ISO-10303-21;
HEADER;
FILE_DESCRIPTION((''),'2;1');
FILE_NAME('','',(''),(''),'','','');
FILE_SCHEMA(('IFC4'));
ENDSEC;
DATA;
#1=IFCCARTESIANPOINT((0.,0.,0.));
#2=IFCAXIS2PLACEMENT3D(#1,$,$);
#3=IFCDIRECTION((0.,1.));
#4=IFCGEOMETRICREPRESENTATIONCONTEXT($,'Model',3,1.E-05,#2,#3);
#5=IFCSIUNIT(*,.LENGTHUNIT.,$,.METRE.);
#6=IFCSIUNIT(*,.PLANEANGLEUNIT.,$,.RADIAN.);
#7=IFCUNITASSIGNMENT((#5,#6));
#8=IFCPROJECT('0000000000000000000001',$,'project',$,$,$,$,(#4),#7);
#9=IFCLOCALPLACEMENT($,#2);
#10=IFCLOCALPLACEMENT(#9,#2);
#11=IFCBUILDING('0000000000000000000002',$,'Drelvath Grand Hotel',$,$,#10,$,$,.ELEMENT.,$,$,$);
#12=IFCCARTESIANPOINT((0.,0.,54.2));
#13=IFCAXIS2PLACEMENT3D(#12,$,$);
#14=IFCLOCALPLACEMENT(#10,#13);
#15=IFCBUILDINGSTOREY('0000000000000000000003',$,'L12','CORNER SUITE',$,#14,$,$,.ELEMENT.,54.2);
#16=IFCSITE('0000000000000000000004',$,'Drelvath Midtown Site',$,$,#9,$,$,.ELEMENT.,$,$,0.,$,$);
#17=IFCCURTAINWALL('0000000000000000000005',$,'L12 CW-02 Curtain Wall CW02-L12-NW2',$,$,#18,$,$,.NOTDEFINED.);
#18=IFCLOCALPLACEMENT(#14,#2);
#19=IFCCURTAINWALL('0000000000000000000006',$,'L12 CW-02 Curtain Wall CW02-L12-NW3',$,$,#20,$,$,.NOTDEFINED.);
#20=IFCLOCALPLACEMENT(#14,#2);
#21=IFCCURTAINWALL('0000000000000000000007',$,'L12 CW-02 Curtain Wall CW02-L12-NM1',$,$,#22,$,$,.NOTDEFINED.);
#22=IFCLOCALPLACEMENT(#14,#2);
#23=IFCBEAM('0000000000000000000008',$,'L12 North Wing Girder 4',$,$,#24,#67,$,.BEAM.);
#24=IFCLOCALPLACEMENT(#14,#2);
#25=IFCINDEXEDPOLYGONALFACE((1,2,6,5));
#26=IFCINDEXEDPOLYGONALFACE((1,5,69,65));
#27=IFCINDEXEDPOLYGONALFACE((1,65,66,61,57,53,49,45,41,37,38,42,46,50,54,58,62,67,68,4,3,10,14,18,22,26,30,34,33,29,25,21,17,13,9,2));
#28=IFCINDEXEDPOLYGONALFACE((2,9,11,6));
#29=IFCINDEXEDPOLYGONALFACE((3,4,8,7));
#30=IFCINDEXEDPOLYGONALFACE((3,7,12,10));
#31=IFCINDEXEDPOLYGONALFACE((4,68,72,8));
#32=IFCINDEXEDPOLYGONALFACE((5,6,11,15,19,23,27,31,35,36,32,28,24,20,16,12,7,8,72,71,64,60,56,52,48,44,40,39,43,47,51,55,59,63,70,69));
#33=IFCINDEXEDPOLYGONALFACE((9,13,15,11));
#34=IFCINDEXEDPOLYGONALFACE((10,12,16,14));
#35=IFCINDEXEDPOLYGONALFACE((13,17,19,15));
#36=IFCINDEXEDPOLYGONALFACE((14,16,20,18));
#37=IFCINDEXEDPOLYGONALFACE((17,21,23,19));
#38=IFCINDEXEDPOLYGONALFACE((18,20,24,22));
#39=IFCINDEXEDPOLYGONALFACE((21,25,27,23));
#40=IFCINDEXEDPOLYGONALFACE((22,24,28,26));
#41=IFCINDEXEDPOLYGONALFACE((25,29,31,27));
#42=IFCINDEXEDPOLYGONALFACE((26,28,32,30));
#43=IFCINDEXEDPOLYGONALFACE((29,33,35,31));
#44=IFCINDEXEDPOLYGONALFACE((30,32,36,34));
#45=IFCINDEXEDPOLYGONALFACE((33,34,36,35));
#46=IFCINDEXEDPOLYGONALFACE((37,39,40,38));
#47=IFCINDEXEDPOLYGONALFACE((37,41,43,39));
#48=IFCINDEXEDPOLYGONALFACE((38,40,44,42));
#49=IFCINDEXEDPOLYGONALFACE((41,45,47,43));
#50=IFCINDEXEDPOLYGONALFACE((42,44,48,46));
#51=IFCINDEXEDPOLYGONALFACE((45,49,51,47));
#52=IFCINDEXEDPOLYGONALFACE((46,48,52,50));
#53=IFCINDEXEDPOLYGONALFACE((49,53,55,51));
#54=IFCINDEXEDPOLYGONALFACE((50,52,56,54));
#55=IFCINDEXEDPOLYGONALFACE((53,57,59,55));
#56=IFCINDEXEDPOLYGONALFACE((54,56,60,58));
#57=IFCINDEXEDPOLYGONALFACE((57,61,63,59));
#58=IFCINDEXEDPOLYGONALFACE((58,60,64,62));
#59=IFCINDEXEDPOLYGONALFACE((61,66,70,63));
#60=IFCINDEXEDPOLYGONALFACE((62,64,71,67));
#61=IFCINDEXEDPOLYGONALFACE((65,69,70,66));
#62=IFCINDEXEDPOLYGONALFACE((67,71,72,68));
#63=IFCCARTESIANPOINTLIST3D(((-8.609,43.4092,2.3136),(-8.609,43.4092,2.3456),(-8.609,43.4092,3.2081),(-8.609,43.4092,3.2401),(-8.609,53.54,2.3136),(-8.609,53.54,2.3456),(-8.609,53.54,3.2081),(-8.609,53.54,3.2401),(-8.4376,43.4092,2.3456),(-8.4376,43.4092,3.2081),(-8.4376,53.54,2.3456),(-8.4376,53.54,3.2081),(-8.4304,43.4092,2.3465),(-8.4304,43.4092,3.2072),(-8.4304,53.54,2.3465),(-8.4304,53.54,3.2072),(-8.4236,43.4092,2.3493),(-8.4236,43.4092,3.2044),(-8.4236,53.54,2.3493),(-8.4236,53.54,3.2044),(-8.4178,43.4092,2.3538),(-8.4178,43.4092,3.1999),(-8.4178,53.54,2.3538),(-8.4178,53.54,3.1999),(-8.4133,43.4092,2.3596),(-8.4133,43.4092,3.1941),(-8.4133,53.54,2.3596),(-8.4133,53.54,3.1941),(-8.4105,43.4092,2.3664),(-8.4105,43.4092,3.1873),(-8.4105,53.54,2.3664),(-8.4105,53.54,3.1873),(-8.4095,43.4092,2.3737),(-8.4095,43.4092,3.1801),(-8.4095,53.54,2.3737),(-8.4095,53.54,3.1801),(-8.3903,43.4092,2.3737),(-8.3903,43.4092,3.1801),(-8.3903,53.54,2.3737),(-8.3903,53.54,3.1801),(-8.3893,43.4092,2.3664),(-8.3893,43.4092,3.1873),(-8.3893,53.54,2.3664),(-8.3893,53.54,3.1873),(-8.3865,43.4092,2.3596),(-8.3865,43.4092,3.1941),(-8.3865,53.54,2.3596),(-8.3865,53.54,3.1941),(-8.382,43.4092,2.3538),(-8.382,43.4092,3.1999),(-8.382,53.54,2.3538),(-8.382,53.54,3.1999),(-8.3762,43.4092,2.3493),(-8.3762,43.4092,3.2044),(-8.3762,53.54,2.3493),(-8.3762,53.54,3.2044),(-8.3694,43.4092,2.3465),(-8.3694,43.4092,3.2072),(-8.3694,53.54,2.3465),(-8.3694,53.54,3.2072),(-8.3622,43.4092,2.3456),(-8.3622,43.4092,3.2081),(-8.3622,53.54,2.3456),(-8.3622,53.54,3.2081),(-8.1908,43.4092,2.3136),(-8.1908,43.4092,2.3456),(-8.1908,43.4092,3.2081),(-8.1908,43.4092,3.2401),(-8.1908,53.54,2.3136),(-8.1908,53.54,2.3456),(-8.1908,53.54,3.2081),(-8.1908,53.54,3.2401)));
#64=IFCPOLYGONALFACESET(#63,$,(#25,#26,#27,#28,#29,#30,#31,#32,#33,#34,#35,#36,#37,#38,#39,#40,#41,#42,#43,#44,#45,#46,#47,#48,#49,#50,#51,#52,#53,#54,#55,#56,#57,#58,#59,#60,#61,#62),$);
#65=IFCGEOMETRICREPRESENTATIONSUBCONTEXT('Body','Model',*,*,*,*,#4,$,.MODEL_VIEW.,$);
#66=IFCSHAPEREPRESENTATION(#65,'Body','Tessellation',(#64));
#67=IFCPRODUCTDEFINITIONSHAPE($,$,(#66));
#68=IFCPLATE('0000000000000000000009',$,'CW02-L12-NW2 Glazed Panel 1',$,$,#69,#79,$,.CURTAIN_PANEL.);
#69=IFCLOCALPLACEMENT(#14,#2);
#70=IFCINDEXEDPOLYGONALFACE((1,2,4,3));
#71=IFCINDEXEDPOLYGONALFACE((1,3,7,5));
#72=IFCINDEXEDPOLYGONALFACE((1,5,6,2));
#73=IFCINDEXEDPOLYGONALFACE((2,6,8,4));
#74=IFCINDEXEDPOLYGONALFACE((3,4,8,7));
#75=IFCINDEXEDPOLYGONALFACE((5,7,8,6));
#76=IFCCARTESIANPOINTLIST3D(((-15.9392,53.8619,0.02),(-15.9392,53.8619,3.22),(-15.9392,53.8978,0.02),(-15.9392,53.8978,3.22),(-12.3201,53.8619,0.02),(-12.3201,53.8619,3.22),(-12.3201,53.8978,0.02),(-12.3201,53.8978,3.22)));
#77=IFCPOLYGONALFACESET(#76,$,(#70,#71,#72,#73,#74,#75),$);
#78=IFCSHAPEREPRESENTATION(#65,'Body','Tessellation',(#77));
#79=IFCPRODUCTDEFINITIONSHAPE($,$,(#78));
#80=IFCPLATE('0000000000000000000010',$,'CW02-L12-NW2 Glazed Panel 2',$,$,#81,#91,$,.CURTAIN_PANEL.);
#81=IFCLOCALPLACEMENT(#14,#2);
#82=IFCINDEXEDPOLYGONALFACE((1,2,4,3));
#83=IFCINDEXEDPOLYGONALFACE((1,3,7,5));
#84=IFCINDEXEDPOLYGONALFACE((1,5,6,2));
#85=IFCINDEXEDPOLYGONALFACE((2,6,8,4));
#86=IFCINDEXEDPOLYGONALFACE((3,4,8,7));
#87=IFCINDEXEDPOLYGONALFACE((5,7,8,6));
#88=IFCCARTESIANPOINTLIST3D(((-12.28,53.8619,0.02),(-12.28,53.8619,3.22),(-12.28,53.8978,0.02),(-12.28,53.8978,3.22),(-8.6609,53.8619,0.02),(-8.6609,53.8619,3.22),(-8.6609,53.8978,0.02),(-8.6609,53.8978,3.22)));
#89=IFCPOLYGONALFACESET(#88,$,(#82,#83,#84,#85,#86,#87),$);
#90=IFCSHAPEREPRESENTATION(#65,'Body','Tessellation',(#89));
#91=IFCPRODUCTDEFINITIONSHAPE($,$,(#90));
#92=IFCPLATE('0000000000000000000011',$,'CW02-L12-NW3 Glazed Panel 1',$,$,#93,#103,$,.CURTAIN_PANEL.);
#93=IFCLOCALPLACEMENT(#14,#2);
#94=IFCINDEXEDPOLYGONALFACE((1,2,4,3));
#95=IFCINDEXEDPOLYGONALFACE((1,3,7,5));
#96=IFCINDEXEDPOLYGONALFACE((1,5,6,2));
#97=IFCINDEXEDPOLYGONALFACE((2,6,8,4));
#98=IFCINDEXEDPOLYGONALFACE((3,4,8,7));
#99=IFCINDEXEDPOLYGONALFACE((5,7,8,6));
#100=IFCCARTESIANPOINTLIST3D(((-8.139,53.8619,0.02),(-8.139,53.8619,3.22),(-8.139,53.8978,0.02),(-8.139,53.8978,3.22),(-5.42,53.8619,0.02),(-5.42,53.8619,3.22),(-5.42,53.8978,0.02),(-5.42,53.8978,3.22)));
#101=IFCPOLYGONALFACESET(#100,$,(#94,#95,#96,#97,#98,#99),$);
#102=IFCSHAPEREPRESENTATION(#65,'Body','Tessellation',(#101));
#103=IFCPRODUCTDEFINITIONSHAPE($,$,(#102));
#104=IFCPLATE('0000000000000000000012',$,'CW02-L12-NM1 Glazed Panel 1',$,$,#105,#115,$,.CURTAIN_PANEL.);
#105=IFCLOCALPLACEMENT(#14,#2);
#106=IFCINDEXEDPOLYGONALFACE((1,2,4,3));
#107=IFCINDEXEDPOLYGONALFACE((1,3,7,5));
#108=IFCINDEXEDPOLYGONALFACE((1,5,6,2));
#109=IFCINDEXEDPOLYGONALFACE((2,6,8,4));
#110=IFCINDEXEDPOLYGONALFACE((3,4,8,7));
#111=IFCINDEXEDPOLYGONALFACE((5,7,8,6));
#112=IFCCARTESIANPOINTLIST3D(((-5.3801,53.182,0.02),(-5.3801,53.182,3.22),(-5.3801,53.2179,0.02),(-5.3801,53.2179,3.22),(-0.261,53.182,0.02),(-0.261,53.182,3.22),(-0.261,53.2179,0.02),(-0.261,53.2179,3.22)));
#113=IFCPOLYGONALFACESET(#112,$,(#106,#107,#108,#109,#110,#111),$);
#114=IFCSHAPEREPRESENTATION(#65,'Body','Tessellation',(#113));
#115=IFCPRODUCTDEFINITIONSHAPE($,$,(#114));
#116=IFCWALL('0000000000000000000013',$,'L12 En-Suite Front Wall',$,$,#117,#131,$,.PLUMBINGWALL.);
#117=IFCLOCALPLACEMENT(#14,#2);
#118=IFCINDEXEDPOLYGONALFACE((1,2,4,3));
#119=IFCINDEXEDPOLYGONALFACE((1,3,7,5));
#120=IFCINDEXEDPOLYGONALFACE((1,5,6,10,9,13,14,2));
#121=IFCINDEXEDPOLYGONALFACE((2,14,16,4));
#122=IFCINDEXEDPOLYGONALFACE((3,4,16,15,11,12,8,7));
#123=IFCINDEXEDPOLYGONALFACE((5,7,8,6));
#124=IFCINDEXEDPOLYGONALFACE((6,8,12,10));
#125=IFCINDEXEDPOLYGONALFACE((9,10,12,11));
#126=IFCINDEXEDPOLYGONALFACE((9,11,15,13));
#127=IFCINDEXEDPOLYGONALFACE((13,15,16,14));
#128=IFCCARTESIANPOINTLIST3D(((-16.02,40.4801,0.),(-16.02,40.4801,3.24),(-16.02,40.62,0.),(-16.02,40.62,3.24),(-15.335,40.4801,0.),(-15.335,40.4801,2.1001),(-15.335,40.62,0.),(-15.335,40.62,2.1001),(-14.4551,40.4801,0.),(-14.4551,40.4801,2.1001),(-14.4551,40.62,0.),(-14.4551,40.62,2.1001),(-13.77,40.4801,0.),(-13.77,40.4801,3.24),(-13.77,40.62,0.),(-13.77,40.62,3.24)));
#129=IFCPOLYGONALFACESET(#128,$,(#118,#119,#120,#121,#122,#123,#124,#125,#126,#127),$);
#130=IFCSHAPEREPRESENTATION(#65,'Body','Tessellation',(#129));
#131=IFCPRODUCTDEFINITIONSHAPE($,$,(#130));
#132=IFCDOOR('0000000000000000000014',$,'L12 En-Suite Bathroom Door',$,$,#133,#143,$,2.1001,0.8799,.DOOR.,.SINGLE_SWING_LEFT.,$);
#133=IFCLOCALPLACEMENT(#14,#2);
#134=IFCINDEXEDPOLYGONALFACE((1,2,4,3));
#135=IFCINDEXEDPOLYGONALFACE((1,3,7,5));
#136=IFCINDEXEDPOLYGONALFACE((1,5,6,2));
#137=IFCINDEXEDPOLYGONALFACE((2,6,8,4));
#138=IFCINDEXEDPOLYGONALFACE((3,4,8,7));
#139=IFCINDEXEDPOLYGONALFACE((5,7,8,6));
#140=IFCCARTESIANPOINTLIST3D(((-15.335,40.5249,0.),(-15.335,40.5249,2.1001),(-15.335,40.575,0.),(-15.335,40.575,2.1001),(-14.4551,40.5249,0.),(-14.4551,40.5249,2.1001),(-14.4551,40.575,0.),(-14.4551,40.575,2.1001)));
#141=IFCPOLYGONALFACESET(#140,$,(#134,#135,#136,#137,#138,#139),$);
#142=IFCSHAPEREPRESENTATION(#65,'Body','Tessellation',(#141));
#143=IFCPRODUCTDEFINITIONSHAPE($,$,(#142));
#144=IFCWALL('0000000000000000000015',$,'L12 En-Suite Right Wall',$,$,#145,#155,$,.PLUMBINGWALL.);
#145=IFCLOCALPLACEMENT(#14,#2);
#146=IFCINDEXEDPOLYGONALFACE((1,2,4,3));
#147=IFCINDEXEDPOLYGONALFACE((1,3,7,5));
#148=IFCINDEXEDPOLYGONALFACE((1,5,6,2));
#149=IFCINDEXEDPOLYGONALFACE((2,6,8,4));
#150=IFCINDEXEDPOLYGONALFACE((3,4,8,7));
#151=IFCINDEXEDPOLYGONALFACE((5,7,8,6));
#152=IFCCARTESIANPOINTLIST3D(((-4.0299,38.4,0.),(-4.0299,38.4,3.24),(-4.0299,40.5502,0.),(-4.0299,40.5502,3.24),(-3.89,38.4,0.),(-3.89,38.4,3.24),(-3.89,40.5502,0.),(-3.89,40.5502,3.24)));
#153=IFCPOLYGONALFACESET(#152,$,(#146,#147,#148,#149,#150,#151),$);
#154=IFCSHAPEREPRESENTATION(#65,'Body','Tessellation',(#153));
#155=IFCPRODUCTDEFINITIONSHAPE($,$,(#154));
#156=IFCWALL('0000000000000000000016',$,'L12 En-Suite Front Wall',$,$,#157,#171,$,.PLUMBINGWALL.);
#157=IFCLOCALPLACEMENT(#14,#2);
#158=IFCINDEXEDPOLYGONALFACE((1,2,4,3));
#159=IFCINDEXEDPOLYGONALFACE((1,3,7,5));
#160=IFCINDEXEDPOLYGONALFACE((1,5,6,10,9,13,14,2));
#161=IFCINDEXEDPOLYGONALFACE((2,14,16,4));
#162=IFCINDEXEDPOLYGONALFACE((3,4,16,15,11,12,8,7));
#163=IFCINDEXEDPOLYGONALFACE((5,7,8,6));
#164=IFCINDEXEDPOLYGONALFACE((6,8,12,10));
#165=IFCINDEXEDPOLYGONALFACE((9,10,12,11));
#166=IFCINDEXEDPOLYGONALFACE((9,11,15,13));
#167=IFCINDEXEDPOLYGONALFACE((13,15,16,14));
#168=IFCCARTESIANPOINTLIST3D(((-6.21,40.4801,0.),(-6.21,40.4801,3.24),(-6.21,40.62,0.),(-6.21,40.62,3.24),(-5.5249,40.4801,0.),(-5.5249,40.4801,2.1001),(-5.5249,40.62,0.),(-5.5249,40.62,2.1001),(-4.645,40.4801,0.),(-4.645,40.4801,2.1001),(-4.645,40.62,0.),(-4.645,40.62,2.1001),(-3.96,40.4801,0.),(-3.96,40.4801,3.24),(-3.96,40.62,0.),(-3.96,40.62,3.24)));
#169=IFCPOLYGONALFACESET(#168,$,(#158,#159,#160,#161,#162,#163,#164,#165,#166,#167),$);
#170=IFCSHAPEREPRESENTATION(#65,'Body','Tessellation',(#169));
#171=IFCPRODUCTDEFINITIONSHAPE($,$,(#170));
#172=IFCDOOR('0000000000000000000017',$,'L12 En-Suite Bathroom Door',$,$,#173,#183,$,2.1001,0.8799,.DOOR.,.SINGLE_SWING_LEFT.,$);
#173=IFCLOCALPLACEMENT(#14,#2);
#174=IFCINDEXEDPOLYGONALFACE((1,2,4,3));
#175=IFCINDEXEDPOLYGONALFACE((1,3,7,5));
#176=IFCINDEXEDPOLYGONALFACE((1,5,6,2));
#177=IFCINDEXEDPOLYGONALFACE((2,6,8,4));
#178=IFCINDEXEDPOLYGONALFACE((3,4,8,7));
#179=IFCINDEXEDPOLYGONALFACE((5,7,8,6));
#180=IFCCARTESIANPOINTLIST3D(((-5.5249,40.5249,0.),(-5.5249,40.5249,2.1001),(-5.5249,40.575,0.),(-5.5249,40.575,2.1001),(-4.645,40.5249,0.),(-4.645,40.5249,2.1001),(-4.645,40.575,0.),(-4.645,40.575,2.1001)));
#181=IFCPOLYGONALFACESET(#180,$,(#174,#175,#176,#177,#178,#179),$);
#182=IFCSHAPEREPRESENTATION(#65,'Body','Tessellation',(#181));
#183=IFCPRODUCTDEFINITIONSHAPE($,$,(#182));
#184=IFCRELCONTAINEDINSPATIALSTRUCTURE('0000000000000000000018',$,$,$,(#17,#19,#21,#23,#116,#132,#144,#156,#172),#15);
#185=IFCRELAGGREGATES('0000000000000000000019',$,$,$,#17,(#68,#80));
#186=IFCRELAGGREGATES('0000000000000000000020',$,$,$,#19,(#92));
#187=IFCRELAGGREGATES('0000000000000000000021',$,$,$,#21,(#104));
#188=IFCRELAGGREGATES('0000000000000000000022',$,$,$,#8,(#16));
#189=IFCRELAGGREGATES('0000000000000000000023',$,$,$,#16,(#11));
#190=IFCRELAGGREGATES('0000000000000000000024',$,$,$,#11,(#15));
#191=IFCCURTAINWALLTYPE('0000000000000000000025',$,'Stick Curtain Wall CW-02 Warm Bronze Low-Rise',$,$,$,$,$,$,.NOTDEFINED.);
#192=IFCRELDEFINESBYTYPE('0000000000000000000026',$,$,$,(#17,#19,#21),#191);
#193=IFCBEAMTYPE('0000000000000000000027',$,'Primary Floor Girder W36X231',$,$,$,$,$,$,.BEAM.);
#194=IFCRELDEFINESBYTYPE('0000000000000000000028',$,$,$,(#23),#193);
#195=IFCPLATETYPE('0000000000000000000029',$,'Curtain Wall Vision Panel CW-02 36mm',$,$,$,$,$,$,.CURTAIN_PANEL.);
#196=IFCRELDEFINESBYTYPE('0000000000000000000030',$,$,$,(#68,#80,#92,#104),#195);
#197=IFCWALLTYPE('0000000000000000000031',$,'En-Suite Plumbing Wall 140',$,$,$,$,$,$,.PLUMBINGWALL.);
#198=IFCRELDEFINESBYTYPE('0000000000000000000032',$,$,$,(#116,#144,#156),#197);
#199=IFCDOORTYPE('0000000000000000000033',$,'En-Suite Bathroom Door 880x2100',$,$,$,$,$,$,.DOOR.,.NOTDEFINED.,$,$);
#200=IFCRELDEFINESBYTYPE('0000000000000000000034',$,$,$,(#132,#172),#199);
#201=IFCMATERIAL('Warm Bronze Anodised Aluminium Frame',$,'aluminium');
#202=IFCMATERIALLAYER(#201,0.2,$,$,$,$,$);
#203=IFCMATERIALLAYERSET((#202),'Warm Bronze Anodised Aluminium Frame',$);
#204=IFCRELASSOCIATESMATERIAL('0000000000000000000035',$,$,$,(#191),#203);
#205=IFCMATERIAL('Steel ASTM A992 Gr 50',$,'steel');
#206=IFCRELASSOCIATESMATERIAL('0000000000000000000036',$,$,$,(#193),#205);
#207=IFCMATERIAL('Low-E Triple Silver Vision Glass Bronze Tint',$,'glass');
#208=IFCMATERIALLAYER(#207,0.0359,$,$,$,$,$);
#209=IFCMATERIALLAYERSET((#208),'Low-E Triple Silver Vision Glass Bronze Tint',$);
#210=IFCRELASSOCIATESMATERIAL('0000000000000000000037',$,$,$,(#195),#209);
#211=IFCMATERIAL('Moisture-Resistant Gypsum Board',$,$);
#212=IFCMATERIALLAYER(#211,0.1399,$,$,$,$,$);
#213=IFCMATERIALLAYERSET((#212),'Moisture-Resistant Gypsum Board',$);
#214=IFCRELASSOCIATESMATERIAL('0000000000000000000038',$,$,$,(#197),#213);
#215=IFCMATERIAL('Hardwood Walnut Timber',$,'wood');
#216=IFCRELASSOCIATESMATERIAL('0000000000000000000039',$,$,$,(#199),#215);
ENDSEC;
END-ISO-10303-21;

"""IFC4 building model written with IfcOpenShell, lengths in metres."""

from ifc_helpers import new_model, si_unit, direction, frame, frame_2d, origin, origin_2d, place, context, subcontext, project, spatial, rectangle, i_section, extrude, material, layer, layer_set, material_profile, profile_set, type_object, element, fill, aggregate, save


model = new_model("IFC4")

# Units and contexts
model_context = context("Model", 3, precision=1e-05, world=origin(), true_north=direction((0.0, 1.0)))
body_context = subcontext(model_context, "Body", "Model", "MODEL_VIEW")
ifc_project = project(units=[si_unit("LENGTHUNIT", "METRE"), si_unit("PLANEANGLEUNIT", "RADIAN")], contexts=[model_context])

# Site, building, storey
site_placement = place(None, origin())
site = spatial("IfcSite", under=ifc_project, at=site_placement, Name="Drelvath Midtown Site", CompositionType="ELEMENT", RefElevation=0.0)
building_placement = place(site_placement, origin())
building = spatial("IfcBuilding", under=site, at=building_placement, Name="Drelvath Grand Hotel", CompositionType="ELEMENT")
storey_placement = place(building_placement, frame((0.0, 0.0, 54.2)))
storey = spatial("IfcBuildingStorey", under=building, at=storey_placement, Name="L12", Description="CORNER SUITE", CompositionType="ELEMENT", Elevation=54.2)

# Curtain walls
ifc_material_1 = material(Name="Warm Bronze Anodised Aluminium Frame", Category="aluminium")
ifc_layer_1 = layer(ifc_material_1, 0.2)
ifc_layer_set_1 = layer_set([ifc_layer_1], Name="Warm Bronze Anodised Aluminium Frame")
curtain_wall_type = type_object("IfcCurtainWallType", Name="Stick Curtain Wall CW-02 Warm Bronze Low-Rise", PredefinedType="NOTDEFINED", material=ifc_layer_set_1)
curtain_wall_1_placement = place(storey_placement, origin())
curtain_wall_1 = element("IfcCurtainWall", 1, at=curtain_wall_1_placement, inside=storey, type_object=curtain_wall_type, Name="L12 CW-02 Curtain Wall CW02-L12-NW2", PredefinedType="NOTDEFINED")
curtain_wall_2_placement = place(storey_placement, origin())
curtain_wall_2 = element("IfcCurtainWall", 2, at=curtain_wall_2_placement, inside=storey, type_object=curtain_wall_type, Name="L12 CW-02 Curtain Wall CW02-L12-NW3", PredefinedType="NOTDEFINED")
curtain_wall_3_placement = place(storey_placement, origin())
curtain_wall_3 = element("IfcCurtainWall", 3, at=curtain_wall_3_placement, inside=storey, type_object=curtain_wall_type, Name="L12 CW-02 Curtain Wall CW02-L12-NM1", PredefinedType="NOTDEFINED")

# Beam
ifc_material_2 = material(Name="Steel ASTM A992 Gr 50", Category="steel")
ifc_material_profile_1 = material_profile(ifc_material_2, i_section(OverallWidth=0.4182, OverallDepth=0.9265, WebThickness=0.0193, FlangeThickness=0.032, FilletRadius=0.0281, at=origin_2d()), Name="W36X231")
ifc_profile_set_1 = profile_set([ifc_material_profile_1], Name="Steel ASTM A992 Gr 50")
beam_type_1 = type_object("IfcBeamType", Name="Primary Floor Girder W36X231", PredefinedType="BEAM", material=ifc_profile_set_1)
beam_1_placement = place(storey_placement, frame((-8.3999, 43.4092, 2.7769), z_axis=(0.0, 1.0, 0.0), x_axis=(-1.0, 0.0, 0.0)))
element("IfcBeam", 4, at=beam_1_placement, inside=storey, type_object=beam_type_1, Name="L12 North Wing Girder 4", PredefinedType="BEAM", context=body_context, shape_type="SweptSolid", body=[
    extrude(i_section(OverallWidth=0.4182, OverallDepth=0.9265, WebThickness=0.0193, FlangeThickness=0.032, FilletRadius=0.0281, at=origin_2d()), origin(), (0.0, 0.0, 1.0), 10.1309),
])

# Plates
ifc_material_3 = material(Name="Low-E Triple Silver Vision Glass Bronze Tint", Category="glass")
ifc_layer_2 = layer(ifc_material_3, 0.0359)
ifc_layer_set_2 = layer_set([ifc_layer_2], Name="Low-E Triple Silver Vision Glass Bronze Tint")
plate_type = type_object("IfcPlateType", Name="Curtain Wall Vision Panel CW-02 36mm", PredefinedType="CURTAIN_PANEL", material=ifc_layer_set_2)
plate_1_placement = place(storey_placement, frame((-14.1296, 53.8799, 0.02), z_axis=(0.0, 0.0, 1.0), x_axis=(1.0, 0.0, 0.0)))
plate_1 = element("IfcPlate", 5, at=plate_1_placement, type_object=plate_type, Name="CW02-L12-NW2 Glazed Panel 1", PredefinedType="CURTAIN_PANEL", context=body_context, shape_type="SweptSolid", body=[
    extrude(rectangle(XDim=3.6191, YDim=0.0359, at=origin_2d()), origin(), (0.0, 0.0, 1.0), 3.2),
])
plate_2_placement = place(storey_placement, frame((-10.4705, 53.8799, 0.02), z_axis=(0.0, 0.0, 1.0), x_axis=(1.0, 0.0, 0.0)))
plate_2 = element("IfcPlate", 6, at=plate_2_placement, type_object=plate_type, Name="CW02-L12-NW2 Glazed Panel 2", PredefinedType="CURTAIN_PANEL", context=body_context, shape_type="SweptSolid", body=[
    extrude(rectangle(XDim=3.6191, YDim=0.0359, at=origin_2d()), origin(), (0.0, 0.0, 1.0), 3.2),
])
aggregate(curtain_wall_1, [plate_1, plate_2])
plate_3_placement = place(storey_placement, frame((-6.7795, 53.8799, 0.02), z_axis=(0.0, 0.0, 1.0), x_axis=(1.0, 0.0, 0.0)))
plate_3 = element("IfcPlate", 7, at=plate_3_placement, type_object=plate_type, Name="CW02-L12-NW3 Glazed Panel 1", PredefinedType="CURTAIN_PANEL", context=body_context, shape_type="SweptSolid", body=[
    extrude(rectangle(XDim=2.719, YDim=0.0359, at=origin_2d()), origin(), (0.0, 0.0, 1.0), 3.2),
])
aggregate(curtain_wall_2, [plate_3])
plate_4_placement = place(storey_placement, frame((-2.8206, 53.2, 0.02), z_axis=(0.0, 0.0, 1.0), x_axis=(1.0, 0.0, 0.0)))
plate_4 = element("IfcPlate", 8, at=plate_4_placement, type_object=plate_type, Name="CW02-L12-NM1 Glazed Panel 1", PredefinedType="CURTAIN_PANEL", context=body_context, shape_type="SweptSolid", body=[
    extrude(rectangle(XDim=5.1191, YDim=0.0359, at=origin_2d()), origin(), (0.0, 0.0, 1.0), 3.2),
])
aggregate(curtain_wall_3, [plate_4])

# Wall, opening, door
ifc_material_4 = material(Name="Moisture-Resistant Gypsum Board")
ifc_layer_3 = layer(ifc_material_4, 0.1399)
ifc_layer_set_3 = layer_set([ifc_layer_3], Name="Moisture-Resistant Gypsum Board")
wall_type_1 = type_object("IfcWallType", Name="En-Suite Plumbing Wall 140", PredefinedType="PLUMBINGWALL", material=ifc_layer_set_3)
wall_1_placement = place(storey_placement, frame((-16.02, 40.55, 0.0), z_axis=(0.0, 0.0, 1.0), x_axis=(1.0, 0.0, 0.0)))
wall_1 = element("IfcWall", 9, at=wall_1_placement, inside=storey, type_object=wall_type_1, Name="L12 En-Suite Front Wall", PredefinedType="PLUMBINGWALL", context=body_context, shape_type="SweptSolid", body=[
    extrude(rectangle(XDim=2.25, YDim=0.1399, at=frame_2d((1.125, 0.0))), origin(), (0.0, 0.0, 1.0), 3.24),
])
opening_1_placement = place(wall_1_placement, frame((0.6851, 0.0, 0.0)))
opening_1 = element("IfcOpeningElement", 10, at=opening_1_placement, cuts=wall_1, PredefinedType="OPENING", context=body_context, shape_type="SweptSolid", body=[
    extrude(rectangle(XDim=0.8799, YDim=2.1001, at=frame_2d((0.4399, 1.05))), frame((0.0, 0.0798, 0.0), z_axis=(0.0, -1.0, 0.0), x_axis=(1.0, 0.0, 0.0)), (0.0, 0.0, 1.0), 0.1599),
])
ifc_material_5 = material(Name="Hardwood Walnut Timber", Category="wood")
door_type = type_object("IfcDoorType", Name="En-Suite Bathroom Door 880x2100", OperationType="NOTDEFINED", PredefinedType="DOOR", material=ifc_material_5)
door_1_placement = place(opening_1_placement, origin())
door_1 = element("IfcDoor", 11, at=door_1_placement, inside=storey, type_object=door_type, Name="L12 En-Suite Bathroom Door", OperationType="SINGLE_SWING_LEFT", OverallHeight=2.1001, OverallWidth=0.8799, PredefinedType="DOOR", context=body_context, shape_type="SweptSolid", body=[
    extrude(rectangle(XDim=0.8799, YDim=2.1001, at=frame_2d((0.4399, 1.05))), frame((0.0, 0.0249, 0.0), z_axis=(0.0, -1.0, 0.0), x_axis=(1.0, 0.0, 0.0)), (0.0, 0.0, 1.0), 0.05),
])
fill(opening_1, door_1)

# Wall
wall_2_placement = place(storey_placement, frame((-3.96, 38.3999, 0.0), z_axis=(0.0, 0.0, 1.0), x_axis=(0.0, 1.0, 0.0)))
element("IfcWall", 12, at=wall_2_placement, inside=storey, type_object=wall_type_1, Name="L12 En-Suite Right Wall", PredefinedType="PLUMBINGWALL", context=body_context, shape_type="SweptSolid", body=[
    extrude(rectangle(XDim=2.1501, YDim=0.1399, at=frame_2d((1.0752, 0.0))), origin(), (0.0, 0.0, 1.0), 3.24),
])

# Wall, opening, door
wall_3_placement = place(storey_placement, frame((-6.21, 40.55, 0.0), z_axis=(0.0, 0.0, 1.0), x_axis=(1.0, 0.0, 0.0)))
wall_3 = element("IfcWall", 13, at=wall_3_placement, inside=storey, type_object=wall_type_1, Name="L12 En-Suite Front Wall", PredefinedType="PLUMBINGWALL", context=body_context, shape_type="SweptSolid", body=[
    extrude(rectangle(XDim=2.25, YDim=0.1399, at=frame_2d((1.125, 0.0))), origin(), (0.0, 0.0, 1.0), 3.24),
])
opening_2_placement = place(wall_3_placement, frame((0.6851, 0.0, 0.0)))
opening_2 = element("IfcOpeningElement", 14, at=opening_2_placement, cuts=wall_3, PredefinedType="OPENING", context=body_context, shape_type="SweptSolid", body=[
    extrude(rectangle(XDim=0.8799, YDim=2.1001, at=frame_2d((0.4399, 1.05))), frame((0.0, 0.0798, 0.0), z_axis=(0.0, -1.0, 0.0), x_axis=(1.0, 0.0, 0.0)), (0.0, 0.0, 1.0), 0.1599),
])
door_2_placement = place(opening_2_placement, origin())
door_2 = element("IfcDoor", 15, at=door_2_placement, inside=storey, type_object=door_type, Name="L12 En-Suite Bathroom Door", OperationType="SINGLE_SWING_LEFT", OverallHeight=2.1001, OverallWidth=0.8799, PredefinedType="DOOR", context=body_context, shape_type="SweptSolid", body=[
    extrude(rectangle(XDim=0.8799, YDim=2.1001, at=frame_2d((0.4399, 1.05))), frame((0.0, 0.0249, 0.0), z_axis=(0.0, -1.0, 0.0), x_axis=(1.0, 0.0, 0.0)), (0.0, 0.0, 1.0), 0.05),
])
fill(opening_2, door_2)

save(model, "model.ifc")
